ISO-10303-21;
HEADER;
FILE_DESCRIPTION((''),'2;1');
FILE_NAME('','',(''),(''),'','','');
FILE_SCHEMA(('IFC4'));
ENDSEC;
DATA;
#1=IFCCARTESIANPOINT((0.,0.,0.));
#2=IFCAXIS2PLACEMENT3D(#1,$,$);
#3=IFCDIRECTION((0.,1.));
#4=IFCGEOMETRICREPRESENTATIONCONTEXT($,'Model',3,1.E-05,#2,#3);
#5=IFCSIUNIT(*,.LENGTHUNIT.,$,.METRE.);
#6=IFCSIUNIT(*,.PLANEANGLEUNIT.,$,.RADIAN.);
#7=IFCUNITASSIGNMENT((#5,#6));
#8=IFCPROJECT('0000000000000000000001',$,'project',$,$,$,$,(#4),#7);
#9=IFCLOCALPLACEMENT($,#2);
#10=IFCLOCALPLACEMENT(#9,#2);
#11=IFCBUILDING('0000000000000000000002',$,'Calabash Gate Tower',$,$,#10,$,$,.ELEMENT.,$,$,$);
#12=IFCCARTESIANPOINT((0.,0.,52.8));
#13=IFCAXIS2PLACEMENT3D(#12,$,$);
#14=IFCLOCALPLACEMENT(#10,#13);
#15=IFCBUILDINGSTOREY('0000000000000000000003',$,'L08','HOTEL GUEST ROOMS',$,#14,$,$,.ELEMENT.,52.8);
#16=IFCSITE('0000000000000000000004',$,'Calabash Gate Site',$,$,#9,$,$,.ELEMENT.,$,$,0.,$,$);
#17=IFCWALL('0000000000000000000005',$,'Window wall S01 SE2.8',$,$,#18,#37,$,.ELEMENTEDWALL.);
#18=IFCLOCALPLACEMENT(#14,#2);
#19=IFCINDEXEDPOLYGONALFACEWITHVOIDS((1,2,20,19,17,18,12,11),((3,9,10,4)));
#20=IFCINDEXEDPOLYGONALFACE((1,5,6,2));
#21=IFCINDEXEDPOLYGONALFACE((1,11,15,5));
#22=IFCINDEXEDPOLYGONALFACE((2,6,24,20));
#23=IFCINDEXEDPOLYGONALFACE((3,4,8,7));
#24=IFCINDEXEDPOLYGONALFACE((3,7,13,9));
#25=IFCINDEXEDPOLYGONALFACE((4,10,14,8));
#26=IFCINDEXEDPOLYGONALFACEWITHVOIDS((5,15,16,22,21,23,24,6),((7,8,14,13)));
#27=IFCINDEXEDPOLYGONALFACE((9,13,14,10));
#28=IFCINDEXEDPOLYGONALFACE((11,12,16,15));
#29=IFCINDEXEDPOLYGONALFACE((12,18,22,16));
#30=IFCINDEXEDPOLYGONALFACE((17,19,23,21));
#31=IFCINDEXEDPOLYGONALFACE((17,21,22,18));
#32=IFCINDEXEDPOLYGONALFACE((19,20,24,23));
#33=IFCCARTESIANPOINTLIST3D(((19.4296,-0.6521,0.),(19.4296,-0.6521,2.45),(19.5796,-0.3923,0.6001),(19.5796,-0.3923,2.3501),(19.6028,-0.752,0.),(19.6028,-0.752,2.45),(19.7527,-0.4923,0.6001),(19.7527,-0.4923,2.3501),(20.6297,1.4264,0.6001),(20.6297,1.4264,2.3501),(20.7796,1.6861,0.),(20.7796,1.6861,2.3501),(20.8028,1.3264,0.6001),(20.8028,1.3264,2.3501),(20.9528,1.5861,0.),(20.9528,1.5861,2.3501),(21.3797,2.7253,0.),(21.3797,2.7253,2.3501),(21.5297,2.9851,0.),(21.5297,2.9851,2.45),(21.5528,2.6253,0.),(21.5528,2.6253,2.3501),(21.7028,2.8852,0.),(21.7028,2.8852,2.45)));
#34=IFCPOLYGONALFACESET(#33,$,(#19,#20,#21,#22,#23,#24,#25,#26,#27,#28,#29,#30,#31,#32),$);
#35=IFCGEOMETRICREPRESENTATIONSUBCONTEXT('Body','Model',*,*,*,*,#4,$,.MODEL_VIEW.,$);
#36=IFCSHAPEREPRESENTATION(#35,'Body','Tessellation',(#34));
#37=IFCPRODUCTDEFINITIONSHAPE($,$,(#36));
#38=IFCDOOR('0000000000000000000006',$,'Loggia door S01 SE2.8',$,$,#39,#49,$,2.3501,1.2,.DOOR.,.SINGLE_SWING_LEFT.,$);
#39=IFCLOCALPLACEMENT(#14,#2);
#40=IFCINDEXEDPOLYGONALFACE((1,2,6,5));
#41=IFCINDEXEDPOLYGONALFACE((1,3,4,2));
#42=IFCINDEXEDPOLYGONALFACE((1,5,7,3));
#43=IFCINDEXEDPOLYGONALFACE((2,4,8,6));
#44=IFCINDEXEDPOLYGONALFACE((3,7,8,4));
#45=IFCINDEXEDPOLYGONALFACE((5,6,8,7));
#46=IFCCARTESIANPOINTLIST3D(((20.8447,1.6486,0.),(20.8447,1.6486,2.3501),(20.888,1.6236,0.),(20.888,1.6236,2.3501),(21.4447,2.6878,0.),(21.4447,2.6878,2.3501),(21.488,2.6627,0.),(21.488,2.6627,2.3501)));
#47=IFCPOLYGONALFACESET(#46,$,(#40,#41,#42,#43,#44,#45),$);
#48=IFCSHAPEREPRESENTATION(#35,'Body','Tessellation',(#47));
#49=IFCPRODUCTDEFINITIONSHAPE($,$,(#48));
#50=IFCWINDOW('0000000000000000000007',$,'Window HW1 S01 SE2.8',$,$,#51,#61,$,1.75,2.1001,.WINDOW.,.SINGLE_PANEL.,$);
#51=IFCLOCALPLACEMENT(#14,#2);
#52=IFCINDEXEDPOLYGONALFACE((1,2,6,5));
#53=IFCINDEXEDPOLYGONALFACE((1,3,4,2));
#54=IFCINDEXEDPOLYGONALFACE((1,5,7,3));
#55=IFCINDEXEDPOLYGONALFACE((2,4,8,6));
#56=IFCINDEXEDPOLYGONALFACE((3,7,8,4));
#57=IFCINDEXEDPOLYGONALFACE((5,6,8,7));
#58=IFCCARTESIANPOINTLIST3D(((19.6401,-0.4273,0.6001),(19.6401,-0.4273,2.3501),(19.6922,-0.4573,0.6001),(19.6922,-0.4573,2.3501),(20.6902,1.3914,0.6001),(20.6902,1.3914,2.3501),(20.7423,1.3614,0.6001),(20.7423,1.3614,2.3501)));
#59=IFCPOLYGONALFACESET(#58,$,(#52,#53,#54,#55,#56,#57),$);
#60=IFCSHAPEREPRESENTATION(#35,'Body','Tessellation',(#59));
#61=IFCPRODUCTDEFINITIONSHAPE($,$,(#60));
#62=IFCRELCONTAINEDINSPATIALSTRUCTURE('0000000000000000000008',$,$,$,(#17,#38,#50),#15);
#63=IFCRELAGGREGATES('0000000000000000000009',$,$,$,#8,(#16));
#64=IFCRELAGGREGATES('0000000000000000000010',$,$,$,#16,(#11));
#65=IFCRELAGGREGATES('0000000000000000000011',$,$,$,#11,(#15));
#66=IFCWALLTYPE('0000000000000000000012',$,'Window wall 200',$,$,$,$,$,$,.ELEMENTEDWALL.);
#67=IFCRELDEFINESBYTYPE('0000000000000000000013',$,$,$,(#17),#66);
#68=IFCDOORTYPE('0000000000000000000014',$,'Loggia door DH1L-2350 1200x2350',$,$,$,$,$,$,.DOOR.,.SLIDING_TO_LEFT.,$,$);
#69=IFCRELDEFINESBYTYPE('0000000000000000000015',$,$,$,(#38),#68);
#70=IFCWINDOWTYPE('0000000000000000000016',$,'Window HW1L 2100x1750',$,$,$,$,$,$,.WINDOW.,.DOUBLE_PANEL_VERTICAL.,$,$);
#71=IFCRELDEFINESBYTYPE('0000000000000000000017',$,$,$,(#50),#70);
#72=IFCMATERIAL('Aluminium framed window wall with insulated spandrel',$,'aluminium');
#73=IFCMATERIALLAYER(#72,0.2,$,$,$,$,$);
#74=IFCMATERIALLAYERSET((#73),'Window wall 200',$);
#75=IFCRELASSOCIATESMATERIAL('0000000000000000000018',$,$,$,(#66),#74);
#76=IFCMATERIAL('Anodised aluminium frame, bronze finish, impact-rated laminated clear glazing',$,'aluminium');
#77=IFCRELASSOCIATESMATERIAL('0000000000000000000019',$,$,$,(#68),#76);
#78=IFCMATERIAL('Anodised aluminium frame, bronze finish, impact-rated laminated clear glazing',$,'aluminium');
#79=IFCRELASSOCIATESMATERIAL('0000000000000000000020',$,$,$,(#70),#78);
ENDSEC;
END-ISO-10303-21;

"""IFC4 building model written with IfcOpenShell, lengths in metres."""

from ifc_helpers import new_model, si_unit, direction, frame, frame_2d, origin, place, context, subcontext, project, spatial, rectangle, extrude, material, layer, layer_set, type_object, element, fill, save


model = new_model("IFC4")

# Units and contexts
model_context = context("Model", 3, precision=1e-05, world=origin(), true_north=direction((0.0, 1.0)))
body_context = subcontext(model_context, "Body", "Model", "MODEL_VIEW")
ifc_project = project(units=[si_unit("LENGTHUNIT", "METRE"), si_unit("PLANEANGLEUNIT", "RADIAN")], contexts=[model_context])

# Site, building, storey
site_placement = place(None, origin())
site = spatial("IfcSite", under=ifc_project, at=site_placement, Name="Calabash Gate Site", CompositionType="ELEMENT", RefElevation=0.0)
building_placement = place(site_placement, origin())
building = spatial("IfcBuilding", under=site, at=building_placement, Name="Calabash Gate Tower", CompositionType="ELEMENT")
storey_placement = place(building_placement, frame((0.0, 0.0, 52.8)))
storey = spatial("IfcBuildingStorey", under=building, at=storey_placement, Name="L08", Description="HOTEL GUEST ROOMS", CompositionType="ELEMENT", Elevation=52.8)

# Wall, openings, door, window
ifc_material_1 = material(Name="Aluminium framed window wall with insulated spandrel", Category="aluminium")
ifc_layer_1 = layer(ifc_material_1, 0.2)
ifc_layer_set_1 = layer_set([ifc_layer_1], Name="Window wall 200")
wall_type_1 = type_object("IfcWallType", Name="Window wall 200", PredefinedType="ELEMENTEDWALL", material=ifc_layer_set_1)
wall_1_placement = place(storey_placement, frame((19.5161, -0.7021, 0.0), z_axis=(0.0, 0.0, 1.0), x_axis=(0.500028, 0.866009, 0.0)))
wall_1 = element("IfcWall", 1, at=wall_1_placement, inside=storey, type_object=wall_type_1, Name="Window wall S01 SE2.8", PredefinedType="ELEMENTEDWALL", context=body_context, shape_type="SweptSolid", body=[
    extrude(rectangle(XDim=4.2, YDim=0.2, at=frame_2d((2.1001, 0.0))), origin(), (0.0, 0.0, 1.0), 2.45),
])
opening_1_placement = place(wall_1_placement, frame((0.3, 0.0, 0.6001)))
opening_1 = element("IfcOpeningElement", 2, at=opening_1_placement, cuts=wall_1, PredefinedType="OPENING", context=body_context, shape_type="SweptSolid", body=[
    extrude(rectangle(XDim=2.1001, YDim=1.75, at=frame_2d((1.05, 0.875))), frame((0.0, 0.1099, 0.0), z_axis=(0.0, -1.0, 0.0), x_axis=(1.0, 0.0, 0.0)), (0.0, 0.0, 1.0), 0.22),
])
opening_2_placement = place(wall_1_placement, frame((2.7, 0.0, 0.0)))
opening_2 = element("IfcOpeningElement", 3, at=opening_2_placement, cuts=wall_1, PredefinedType="OPENING", context=body_context, shape_type="SweptSolid", body=[
    extrude(rectangle(XDim=1.2, YDim=2.3501, at=frame_2d((0.6001, 1.175))), frame((0.0, 0.1099, 0.0), z_axis=(0.0, -1.0, 0.0), x_axis=(1.0, 0.0, 0.0)), (0.0, 0.0, 1.0), 0.22),
])
ifc_material_2 = material(Name="Anodised aluminium frame, bronze finish, impact-rated laminated clear glazing", Category="aluminium")
door_type_1 = type_object("IfcDoorType", Name="Loggia door DH1L-2350 1200x2350", OperationType="SLIDING_TO_LEFT", PredefinedType="DOOR", material=ifc_material_2)
door_1_placement = place(opening_2_placement, origin())
door_1 = element("IfcDoor", 4, at=door_1_placement, inside=storey, type_object=door_type_1, Name="Loggia door S01 SE2.8", OperationType="SINGLE_SWING_LEFT", OverallHeight=2.3501, OverallWidth=1.2, PredefinedType="DOOR", context=body_context, shape_type="SweptSolid", body=[
    extrude(rectangle(XDim=1.2, YDim=2.3501, at=frame_2d((0.6001, 1.175))), frame((0.0, 0.0249, 0.0), z_axis=(0.0, -1.0, 0.0), x_axis=(1.0, 0.0, 0.0)), (0.0, 0.0, 1.0), 0.05),
])
fill(opening_2, door_1)
ifc_material_3 = material(Name="Anodised aluminium frame, bronze finish, impact-rated laminated clear glazing", Category="aluminium")
window_type_1 = type_object("IfcWindowType", Name="Window HW1L 2100x1750", PartitioningType="DOUBLE_PANEL_VERTICAL", PredefinedType="WINDOW", material=ifc_material_3)
window_1_placement = place(opening_1_placement, origin())
window_1 = element("IfcWindow", 5, at=window_1_placement, inside=storey, type_object=window_type_1, Name="Window HW1 S01 SE2.8", OverallHeight=1.75, OverallWidth=2.1001, PartitioningType="SINGLE_PANEL", PredefinedType="WINDOW", context=body_context, shape_type="SweptSolid", body=[
    extrude(rectangle(XDim=2.1001, YDim=1.75, at=frame_2d((1.05, 0.875))), frame((0.0, 0.03, 0.0), z_axis=(0.0, -1.0, 0.0), x_axis=(1.0, 0.0, 0.0)), (0.0, 0.0, 1.0), 0.0601),
])
fill(opening_1, window_1)

save(model, "model.ifc")
